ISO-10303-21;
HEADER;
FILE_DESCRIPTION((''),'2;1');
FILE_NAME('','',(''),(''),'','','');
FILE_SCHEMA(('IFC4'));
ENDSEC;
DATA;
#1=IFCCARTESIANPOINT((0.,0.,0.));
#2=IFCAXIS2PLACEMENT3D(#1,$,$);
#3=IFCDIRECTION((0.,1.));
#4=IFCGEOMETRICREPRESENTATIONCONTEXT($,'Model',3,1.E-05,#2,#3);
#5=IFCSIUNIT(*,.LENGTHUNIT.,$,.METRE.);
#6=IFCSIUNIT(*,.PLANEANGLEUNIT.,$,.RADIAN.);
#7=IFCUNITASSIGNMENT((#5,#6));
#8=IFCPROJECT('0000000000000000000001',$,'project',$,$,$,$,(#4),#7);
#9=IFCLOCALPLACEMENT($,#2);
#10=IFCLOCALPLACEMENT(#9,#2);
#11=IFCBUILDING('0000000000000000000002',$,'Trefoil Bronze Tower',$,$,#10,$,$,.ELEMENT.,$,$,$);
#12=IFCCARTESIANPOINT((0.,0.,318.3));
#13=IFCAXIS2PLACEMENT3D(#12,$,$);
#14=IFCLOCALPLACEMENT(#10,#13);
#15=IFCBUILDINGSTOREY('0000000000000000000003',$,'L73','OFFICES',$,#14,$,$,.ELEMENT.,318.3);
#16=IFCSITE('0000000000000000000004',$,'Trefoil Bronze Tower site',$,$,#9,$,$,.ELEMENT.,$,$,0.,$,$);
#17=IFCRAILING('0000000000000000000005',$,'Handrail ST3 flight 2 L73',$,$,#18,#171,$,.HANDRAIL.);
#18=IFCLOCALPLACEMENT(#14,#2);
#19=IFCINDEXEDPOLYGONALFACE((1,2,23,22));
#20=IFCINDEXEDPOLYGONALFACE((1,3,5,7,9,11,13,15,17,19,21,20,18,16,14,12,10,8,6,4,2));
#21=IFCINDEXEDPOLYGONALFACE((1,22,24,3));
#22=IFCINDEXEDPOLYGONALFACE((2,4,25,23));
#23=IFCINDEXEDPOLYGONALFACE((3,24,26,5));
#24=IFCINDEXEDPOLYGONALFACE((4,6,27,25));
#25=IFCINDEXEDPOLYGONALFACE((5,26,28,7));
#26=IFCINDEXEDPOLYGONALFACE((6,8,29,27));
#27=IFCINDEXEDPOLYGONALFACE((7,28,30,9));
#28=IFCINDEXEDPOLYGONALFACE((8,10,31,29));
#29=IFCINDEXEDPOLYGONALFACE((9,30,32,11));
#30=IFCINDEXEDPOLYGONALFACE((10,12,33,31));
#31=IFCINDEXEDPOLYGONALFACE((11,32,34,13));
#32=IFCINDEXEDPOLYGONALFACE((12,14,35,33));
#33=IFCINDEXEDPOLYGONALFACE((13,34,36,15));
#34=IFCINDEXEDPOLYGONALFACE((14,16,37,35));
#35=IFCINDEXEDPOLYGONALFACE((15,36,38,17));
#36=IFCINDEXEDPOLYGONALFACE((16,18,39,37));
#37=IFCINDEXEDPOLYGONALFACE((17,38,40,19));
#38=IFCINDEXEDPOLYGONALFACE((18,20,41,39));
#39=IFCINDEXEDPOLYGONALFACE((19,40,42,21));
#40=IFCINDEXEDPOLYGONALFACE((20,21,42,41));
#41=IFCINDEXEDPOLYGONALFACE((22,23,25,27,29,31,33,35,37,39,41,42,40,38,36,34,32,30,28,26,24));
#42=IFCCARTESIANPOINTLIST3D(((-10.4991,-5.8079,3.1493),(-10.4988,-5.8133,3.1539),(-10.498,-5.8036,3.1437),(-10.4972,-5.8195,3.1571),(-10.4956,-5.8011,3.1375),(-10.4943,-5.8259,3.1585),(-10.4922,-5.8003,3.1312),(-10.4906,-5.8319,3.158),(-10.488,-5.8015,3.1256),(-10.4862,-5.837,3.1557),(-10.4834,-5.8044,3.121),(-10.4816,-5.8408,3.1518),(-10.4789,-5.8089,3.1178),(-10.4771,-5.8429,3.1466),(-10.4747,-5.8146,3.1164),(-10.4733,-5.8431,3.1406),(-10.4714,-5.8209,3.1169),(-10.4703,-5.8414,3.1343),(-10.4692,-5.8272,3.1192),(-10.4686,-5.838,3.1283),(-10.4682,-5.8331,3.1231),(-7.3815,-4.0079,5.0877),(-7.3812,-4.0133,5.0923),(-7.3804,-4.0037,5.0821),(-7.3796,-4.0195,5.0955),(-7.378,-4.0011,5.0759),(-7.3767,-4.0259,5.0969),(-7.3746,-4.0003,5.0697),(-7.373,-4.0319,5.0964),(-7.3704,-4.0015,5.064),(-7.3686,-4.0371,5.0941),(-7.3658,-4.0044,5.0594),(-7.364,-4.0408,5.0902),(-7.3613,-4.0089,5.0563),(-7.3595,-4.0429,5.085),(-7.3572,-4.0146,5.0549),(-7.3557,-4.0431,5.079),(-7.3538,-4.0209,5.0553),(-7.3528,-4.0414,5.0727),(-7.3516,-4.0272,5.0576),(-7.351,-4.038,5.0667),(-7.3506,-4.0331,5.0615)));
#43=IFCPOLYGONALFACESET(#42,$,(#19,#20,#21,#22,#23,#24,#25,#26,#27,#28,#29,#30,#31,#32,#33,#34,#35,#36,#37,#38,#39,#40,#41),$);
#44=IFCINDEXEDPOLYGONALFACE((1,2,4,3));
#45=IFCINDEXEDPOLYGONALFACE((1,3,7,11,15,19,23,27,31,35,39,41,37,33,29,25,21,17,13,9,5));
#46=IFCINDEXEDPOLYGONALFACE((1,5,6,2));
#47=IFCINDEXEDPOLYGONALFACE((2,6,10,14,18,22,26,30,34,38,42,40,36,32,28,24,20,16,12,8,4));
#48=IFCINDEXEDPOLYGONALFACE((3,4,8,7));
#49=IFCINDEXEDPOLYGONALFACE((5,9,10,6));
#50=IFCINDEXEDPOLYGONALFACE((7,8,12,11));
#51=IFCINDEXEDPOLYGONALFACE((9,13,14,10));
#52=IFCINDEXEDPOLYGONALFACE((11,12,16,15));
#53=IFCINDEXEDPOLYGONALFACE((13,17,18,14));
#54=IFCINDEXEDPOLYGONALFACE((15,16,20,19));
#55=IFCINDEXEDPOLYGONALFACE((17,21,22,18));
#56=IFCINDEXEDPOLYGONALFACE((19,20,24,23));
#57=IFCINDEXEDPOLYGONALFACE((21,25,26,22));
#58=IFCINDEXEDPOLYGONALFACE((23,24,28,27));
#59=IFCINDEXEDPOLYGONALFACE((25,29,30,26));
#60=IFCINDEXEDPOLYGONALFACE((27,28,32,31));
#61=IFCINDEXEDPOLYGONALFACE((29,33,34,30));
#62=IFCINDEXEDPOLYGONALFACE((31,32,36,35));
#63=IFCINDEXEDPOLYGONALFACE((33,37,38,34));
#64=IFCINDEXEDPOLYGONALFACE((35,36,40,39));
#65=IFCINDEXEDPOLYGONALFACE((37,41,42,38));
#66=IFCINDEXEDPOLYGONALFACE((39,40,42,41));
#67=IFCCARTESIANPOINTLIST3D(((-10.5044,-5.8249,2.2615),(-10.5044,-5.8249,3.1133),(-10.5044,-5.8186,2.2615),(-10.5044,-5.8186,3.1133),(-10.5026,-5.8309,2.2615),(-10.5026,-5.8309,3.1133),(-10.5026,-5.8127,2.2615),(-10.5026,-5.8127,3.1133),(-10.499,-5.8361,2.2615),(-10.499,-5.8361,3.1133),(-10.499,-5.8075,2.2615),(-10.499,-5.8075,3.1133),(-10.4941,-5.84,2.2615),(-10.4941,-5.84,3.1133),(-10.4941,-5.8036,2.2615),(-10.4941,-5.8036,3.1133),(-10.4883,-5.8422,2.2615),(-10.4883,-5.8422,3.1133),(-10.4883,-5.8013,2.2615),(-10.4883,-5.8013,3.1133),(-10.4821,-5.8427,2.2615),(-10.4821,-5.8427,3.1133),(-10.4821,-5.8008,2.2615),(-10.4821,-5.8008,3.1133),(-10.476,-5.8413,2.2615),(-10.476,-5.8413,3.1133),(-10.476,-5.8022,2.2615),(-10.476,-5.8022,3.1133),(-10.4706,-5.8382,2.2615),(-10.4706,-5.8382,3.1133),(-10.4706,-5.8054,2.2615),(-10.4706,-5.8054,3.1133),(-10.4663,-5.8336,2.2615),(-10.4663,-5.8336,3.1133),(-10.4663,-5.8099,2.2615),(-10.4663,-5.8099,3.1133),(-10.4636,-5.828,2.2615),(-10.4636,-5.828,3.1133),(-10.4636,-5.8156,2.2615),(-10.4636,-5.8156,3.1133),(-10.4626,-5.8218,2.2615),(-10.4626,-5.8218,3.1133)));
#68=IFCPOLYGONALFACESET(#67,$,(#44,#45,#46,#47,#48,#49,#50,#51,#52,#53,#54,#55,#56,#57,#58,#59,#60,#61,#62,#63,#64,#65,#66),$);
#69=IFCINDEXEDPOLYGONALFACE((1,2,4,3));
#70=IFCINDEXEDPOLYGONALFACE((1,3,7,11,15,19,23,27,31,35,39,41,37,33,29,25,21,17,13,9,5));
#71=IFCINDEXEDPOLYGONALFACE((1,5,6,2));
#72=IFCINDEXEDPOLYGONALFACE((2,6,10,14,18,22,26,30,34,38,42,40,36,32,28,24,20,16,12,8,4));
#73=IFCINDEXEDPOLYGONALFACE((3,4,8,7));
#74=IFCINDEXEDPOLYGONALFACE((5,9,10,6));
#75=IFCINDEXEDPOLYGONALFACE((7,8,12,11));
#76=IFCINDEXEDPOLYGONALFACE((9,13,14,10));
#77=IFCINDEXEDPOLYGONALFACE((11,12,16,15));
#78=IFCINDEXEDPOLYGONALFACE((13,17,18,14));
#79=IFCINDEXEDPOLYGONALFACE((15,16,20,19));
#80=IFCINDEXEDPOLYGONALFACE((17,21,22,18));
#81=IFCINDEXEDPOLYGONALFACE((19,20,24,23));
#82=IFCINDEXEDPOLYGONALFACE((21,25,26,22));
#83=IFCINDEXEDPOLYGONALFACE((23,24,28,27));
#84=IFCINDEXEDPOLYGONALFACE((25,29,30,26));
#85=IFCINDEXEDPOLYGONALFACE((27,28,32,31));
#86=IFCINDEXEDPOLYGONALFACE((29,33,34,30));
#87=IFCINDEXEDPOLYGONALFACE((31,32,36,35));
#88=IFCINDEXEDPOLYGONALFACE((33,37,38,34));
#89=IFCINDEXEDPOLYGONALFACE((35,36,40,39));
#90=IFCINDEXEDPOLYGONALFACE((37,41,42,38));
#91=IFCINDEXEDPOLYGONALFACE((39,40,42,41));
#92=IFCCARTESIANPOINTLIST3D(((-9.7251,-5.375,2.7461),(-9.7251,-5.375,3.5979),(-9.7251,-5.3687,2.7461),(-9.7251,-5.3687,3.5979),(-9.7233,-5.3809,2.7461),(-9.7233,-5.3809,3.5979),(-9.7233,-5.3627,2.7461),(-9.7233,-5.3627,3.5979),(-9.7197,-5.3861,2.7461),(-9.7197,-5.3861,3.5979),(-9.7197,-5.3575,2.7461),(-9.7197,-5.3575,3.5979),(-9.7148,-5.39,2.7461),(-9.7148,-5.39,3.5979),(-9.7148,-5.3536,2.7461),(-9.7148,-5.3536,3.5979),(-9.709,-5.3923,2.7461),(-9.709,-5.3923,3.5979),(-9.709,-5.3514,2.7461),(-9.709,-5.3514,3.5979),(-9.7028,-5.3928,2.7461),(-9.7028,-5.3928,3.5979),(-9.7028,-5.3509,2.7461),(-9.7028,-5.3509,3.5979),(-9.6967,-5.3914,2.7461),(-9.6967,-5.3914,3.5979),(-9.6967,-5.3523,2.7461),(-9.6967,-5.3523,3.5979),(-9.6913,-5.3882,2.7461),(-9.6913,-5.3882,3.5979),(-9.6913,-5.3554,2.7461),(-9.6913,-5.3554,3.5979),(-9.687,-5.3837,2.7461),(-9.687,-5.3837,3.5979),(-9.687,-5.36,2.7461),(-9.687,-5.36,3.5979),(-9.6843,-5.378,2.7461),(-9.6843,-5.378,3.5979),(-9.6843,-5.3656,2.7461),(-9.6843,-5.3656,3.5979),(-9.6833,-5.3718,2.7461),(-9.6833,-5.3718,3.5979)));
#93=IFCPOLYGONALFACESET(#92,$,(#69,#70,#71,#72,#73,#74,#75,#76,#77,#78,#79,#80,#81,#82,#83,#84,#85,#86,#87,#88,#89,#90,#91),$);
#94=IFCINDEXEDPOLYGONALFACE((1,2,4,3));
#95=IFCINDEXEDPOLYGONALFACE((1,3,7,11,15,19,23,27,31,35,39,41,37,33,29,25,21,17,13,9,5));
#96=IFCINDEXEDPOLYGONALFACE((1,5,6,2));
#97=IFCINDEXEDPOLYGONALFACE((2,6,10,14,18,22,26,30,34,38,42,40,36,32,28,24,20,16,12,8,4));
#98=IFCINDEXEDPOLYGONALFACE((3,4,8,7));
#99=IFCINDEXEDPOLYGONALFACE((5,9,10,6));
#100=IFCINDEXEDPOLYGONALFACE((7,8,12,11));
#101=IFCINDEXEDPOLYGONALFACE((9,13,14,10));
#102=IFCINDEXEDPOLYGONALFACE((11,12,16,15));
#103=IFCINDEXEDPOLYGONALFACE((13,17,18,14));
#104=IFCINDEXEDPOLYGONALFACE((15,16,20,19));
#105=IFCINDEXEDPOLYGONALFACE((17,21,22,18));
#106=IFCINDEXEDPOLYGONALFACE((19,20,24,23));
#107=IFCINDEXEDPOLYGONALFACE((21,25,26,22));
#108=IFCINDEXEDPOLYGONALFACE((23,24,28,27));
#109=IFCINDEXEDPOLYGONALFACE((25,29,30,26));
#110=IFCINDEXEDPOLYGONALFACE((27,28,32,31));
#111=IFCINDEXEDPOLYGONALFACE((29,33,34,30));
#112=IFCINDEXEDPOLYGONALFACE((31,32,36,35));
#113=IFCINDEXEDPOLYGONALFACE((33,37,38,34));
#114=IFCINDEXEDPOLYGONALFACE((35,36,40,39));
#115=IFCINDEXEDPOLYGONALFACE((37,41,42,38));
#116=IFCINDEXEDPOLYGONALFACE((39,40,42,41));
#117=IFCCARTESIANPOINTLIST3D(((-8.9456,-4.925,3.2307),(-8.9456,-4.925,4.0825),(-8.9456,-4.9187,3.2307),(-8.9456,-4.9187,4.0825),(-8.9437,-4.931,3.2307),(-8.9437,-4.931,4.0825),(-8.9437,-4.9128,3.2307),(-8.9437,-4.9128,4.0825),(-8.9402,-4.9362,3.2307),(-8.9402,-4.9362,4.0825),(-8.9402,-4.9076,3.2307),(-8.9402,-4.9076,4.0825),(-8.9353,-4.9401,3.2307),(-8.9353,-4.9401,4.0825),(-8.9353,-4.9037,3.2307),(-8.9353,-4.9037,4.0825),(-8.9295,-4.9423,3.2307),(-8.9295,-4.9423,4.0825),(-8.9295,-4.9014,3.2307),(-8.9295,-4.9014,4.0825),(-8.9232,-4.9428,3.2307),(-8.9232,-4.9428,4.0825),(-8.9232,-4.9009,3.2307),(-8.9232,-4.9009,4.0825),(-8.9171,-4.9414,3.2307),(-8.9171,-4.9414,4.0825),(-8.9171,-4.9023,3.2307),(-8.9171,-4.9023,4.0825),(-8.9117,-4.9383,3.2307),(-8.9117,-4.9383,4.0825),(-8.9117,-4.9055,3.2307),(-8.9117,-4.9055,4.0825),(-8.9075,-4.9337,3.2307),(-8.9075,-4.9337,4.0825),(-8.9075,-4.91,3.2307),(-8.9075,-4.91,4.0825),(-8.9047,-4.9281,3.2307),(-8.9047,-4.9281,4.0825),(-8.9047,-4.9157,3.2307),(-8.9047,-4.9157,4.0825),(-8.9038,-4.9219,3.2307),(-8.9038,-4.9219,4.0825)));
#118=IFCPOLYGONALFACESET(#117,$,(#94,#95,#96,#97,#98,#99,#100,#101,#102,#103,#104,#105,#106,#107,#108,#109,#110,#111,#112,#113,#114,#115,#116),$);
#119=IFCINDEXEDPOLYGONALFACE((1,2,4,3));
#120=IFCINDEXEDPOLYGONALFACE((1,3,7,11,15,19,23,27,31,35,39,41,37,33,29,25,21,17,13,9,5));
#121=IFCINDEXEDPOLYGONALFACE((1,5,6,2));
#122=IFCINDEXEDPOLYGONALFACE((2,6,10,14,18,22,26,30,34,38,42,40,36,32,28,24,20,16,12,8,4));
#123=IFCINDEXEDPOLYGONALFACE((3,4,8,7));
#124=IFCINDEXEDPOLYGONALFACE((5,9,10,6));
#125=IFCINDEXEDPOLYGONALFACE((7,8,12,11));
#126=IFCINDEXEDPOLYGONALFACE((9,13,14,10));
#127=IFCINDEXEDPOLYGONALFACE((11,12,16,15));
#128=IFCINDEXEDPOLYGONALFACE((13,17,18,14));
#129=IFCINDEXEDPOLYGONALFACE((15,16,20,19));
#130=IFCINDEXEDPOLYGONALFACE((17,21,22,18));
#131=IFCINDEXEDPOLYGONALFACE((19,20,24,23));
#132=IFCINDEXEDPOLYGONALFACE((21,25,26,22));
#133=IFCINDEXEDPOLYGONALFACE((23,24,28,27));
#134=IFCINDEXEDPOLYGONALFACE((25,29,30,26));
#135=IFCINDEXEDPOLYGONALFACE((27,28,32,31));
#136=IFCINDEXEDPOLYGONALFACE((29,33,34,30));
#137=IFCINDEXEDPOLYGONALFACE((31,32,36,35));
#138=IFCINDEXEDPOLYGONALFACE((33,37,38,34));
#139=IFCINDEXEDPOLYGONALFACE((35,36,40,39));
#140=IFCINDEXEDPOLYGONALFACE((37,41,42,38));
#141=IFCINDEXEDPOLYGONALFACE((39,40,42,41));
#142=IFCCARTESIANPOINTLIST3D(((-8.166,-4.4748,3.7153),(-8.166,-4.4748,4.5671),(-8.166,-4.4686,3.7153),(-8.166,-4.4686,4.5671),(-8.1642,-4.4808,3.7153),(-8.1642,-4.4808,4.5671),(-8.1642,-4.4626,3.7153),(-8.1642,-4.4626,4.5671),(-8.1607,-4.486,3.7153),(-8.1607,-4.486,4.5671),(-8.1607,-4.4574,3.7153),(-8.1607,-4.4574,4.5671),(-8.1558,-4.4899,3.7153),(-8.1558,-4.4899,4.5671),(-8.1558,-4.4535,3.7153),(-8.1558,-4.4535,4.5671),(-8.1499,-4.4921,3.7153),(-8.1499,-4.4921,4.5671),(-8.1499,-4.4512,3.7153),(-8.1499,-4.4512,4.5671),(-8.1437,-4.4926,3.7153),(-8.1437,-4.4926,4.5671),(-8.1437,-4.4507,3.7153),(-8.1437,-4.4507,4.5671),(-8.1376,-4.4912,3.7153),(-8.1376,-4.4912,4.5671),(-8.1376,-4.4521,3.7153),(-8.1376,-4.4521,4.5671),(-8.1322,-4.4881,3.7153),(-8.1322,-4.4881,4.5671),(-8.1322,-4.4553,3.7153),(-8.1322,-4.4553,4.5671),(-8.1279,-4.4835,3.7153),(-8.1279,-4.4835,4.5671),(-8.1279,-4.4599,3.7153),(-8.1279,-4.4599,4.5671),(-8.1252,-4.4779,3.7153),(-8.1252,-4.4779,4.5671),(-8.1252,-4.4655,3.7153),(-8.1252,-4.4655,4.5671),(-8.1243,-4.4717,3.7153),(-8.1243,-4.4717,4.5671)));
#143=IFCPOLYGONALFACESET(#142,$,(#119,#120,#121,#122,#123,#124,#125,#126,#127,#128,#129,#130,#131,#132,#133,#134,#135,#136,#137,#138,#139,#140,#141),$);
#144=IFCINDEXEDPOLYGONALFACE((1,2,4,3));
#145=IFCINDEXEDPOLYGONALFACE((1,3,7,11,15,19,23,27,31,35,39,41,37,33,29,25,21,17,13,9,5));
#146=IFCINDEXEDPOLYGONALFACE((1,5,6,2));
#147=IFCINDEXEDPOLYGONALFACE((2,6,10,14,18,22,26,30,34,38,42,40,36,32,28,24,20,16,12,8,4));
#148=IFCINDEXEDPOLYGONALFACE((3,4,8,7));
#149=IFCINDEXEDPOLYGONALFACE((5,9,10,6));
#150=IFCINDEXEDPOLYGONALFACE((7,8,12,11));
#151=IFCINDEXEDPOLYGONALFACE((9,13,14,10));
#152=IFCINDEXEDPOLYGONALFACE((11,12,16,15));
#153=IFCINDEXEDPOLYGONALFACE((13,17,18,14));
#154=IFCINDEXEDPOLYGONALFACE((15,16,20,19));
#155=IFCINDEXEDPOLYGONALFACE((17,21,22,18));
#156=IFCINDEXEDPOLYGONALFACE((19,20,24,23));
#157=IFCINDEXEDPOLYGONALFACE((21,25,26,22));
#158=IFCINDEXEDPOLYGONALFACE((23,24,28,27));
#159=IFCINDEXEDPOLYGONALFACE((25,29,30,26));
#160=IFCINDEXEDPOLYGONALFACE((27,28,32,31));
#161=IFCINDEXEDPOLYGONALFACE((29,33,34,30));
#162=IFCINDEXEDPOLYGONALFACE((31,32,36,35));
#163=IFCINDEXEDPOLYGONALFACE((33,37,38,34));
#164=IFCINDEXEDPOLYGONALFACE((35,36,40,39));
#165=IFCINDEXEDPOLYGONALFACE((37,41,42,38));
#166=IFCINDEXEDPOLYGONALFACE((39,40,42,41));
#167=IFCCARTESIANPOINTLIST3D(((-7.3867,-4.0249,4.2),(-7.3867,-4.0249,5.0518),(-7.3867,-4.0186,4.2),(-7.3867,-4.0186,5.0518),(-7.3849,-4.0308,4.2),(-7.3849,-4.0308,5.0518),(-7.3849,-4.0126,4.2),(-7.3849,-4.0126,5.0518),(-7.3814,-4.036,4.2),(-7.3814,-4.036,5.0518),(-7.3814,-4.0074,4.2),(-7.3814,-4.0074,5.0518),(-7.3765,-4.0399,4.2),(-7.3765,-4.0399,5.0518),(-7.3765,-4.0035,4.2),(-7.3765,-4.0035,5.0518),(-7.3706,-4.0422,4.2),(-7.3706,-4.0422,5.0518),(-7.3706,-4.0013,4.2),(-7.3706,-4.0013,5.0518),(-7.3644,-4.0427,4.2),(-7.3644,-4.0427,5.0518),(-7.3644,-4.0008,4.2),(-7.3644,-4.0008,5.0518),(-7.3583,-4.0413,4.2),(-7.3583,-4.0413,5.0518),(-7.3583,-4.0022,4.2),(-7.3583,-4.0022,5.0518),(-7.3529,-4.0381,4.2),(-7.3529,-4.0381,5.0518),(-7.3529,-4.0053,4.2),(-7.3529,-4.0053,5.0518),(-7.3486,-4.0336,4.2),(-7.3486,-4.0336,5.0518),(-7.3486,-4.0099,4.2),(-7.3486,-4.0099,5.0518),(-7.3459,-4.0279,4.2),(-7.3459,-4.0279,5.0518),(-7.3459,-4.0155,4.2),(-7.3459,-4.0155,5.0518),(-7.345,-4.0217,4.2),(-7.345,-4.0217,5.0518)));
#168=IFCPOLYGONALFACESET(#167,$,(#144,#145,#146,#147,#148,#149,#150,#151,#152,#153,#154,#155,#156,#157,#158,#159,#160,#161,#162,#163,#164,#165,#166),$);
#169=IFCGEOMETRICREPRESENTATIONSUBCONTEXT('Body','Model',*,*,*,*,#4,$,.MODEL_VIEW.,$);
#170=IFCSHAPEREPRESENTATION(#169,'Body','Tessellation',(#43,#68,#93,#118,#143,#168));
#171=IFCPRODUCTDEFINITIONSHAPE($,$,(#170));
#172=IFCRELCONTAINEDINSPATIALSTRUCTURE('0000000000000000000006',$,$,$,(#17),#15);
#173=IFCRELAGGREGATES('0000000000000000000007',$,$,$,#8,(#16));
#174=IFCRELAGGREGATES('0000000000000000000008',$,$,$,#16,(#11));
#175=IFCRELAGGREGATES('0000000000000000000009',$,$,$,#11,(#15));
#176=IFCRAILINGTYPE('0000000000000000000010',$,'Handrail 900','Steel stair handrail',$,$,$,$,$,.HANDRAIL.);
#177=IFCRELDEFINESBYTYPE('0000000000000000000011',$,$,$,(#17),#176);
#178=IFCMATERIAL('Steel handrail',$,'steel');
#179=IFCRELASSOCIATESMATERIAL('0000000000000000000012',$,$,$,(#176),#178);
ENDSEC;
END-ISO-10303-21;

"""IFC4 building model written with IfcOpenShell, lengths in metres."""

from ifc_helpers import new_model, si_unit, direction, frame, origin, origin_2d, place, context, subcontext, project, spatial, circle, extrude, material, type_object, element, save


model = new_model("IFC4")

# Units and contexts
model_context = context("Model", 3, precision=1e-05, world=origin(), true_north=direction((0.0, 1.0)))
body_context = subcontext(model_context, "Body", "Model", "MODEL_VIEW")
ifc_project = project(units=[si_unit("LENGTHUNIT", "METRE"), si_unit("PLANEANGLEUNIT", "RADIAN")], contexts=[model_context])

# Site, building, storey
site_placement = place(None, origin())
site = spatial("IfcSite", under=ifc_project, at=site_placement, Name="Trefoil Bronze Tower site", CompositionType="ELEMENT", RefElevation=0.0)
building_placement = place(site_placement, origin())
building = spatial("IfcBuilding", under=site, at=building_placement, Name="Trefoil Bronze Tower", CompositionType="ELEMENT")
storey_placement = place(building_placement, frame((0.0, 0.0, 318.3)))
storey = spatial("IfcBuildingStorey", under=building, at=storey_placement, Name="L73", Description="OFFICES", CompositionType="ELEMENT", Elevation=318.3)

# Railing
ifc_material_1 = material(Name="Steel handrail", Category="steel")
railing_type = type_object("IfcRailingType", Name="Handrail 900", Description="Steel stair handrail", PredefinedType="HANDRAIL", material=ifc_material_1)
railing_placement = place(storey_placement, frame((-10.4836, -5.8218, 2.2615)))
element("IfcRailing", 1, at=railing_placement, inside=storey, type_object=railing_type, Name="Handrail ST3 flight 2 L73", PredefinedType="HANDRAIL", context=body_context, shape_type="SweptSolid", body=[
    extrude(circle(Radius=0.0239, at=origin_2d()), frame((0.0, 0.0, 0.876), z_axis=(0.762503, 0.440246, 0.474102), x_axis=(-0.500012, 0.866018, 0.0)), (0.0, 0.0, 1.0), 4.0886),
    extrude(circle(Radius=0.021, at=origin_2d()), origin(), (0.0, 0.0, 1.0), 0.8518),
    extrude(circle(Radius=0.021, at=origin_2d()), frame((0.7793, 0.45, 0.4846)), (0.0, 0.0, 1.0), 0.8518),
    extrude(circle(Radius=0.021, at=origin_2d()), frame((1.5588, 0.8999, 0.9692)), (0.0, 0.0, 1.0), 0.8518),
    extrude(circle(Radius=0.021, at=origin_2d()), frame((2.3384, 1.3501, 1.4539)), (0.0, 0.0, 1.0), 0.8518),
    extrude(circle(Radius=0.021, at=origin_2d()), frame((3.1177, 1.8, 1.9385)), (0.0, 0.0, 1.0), 0.8518),
])

save(model, "model.ifc")
